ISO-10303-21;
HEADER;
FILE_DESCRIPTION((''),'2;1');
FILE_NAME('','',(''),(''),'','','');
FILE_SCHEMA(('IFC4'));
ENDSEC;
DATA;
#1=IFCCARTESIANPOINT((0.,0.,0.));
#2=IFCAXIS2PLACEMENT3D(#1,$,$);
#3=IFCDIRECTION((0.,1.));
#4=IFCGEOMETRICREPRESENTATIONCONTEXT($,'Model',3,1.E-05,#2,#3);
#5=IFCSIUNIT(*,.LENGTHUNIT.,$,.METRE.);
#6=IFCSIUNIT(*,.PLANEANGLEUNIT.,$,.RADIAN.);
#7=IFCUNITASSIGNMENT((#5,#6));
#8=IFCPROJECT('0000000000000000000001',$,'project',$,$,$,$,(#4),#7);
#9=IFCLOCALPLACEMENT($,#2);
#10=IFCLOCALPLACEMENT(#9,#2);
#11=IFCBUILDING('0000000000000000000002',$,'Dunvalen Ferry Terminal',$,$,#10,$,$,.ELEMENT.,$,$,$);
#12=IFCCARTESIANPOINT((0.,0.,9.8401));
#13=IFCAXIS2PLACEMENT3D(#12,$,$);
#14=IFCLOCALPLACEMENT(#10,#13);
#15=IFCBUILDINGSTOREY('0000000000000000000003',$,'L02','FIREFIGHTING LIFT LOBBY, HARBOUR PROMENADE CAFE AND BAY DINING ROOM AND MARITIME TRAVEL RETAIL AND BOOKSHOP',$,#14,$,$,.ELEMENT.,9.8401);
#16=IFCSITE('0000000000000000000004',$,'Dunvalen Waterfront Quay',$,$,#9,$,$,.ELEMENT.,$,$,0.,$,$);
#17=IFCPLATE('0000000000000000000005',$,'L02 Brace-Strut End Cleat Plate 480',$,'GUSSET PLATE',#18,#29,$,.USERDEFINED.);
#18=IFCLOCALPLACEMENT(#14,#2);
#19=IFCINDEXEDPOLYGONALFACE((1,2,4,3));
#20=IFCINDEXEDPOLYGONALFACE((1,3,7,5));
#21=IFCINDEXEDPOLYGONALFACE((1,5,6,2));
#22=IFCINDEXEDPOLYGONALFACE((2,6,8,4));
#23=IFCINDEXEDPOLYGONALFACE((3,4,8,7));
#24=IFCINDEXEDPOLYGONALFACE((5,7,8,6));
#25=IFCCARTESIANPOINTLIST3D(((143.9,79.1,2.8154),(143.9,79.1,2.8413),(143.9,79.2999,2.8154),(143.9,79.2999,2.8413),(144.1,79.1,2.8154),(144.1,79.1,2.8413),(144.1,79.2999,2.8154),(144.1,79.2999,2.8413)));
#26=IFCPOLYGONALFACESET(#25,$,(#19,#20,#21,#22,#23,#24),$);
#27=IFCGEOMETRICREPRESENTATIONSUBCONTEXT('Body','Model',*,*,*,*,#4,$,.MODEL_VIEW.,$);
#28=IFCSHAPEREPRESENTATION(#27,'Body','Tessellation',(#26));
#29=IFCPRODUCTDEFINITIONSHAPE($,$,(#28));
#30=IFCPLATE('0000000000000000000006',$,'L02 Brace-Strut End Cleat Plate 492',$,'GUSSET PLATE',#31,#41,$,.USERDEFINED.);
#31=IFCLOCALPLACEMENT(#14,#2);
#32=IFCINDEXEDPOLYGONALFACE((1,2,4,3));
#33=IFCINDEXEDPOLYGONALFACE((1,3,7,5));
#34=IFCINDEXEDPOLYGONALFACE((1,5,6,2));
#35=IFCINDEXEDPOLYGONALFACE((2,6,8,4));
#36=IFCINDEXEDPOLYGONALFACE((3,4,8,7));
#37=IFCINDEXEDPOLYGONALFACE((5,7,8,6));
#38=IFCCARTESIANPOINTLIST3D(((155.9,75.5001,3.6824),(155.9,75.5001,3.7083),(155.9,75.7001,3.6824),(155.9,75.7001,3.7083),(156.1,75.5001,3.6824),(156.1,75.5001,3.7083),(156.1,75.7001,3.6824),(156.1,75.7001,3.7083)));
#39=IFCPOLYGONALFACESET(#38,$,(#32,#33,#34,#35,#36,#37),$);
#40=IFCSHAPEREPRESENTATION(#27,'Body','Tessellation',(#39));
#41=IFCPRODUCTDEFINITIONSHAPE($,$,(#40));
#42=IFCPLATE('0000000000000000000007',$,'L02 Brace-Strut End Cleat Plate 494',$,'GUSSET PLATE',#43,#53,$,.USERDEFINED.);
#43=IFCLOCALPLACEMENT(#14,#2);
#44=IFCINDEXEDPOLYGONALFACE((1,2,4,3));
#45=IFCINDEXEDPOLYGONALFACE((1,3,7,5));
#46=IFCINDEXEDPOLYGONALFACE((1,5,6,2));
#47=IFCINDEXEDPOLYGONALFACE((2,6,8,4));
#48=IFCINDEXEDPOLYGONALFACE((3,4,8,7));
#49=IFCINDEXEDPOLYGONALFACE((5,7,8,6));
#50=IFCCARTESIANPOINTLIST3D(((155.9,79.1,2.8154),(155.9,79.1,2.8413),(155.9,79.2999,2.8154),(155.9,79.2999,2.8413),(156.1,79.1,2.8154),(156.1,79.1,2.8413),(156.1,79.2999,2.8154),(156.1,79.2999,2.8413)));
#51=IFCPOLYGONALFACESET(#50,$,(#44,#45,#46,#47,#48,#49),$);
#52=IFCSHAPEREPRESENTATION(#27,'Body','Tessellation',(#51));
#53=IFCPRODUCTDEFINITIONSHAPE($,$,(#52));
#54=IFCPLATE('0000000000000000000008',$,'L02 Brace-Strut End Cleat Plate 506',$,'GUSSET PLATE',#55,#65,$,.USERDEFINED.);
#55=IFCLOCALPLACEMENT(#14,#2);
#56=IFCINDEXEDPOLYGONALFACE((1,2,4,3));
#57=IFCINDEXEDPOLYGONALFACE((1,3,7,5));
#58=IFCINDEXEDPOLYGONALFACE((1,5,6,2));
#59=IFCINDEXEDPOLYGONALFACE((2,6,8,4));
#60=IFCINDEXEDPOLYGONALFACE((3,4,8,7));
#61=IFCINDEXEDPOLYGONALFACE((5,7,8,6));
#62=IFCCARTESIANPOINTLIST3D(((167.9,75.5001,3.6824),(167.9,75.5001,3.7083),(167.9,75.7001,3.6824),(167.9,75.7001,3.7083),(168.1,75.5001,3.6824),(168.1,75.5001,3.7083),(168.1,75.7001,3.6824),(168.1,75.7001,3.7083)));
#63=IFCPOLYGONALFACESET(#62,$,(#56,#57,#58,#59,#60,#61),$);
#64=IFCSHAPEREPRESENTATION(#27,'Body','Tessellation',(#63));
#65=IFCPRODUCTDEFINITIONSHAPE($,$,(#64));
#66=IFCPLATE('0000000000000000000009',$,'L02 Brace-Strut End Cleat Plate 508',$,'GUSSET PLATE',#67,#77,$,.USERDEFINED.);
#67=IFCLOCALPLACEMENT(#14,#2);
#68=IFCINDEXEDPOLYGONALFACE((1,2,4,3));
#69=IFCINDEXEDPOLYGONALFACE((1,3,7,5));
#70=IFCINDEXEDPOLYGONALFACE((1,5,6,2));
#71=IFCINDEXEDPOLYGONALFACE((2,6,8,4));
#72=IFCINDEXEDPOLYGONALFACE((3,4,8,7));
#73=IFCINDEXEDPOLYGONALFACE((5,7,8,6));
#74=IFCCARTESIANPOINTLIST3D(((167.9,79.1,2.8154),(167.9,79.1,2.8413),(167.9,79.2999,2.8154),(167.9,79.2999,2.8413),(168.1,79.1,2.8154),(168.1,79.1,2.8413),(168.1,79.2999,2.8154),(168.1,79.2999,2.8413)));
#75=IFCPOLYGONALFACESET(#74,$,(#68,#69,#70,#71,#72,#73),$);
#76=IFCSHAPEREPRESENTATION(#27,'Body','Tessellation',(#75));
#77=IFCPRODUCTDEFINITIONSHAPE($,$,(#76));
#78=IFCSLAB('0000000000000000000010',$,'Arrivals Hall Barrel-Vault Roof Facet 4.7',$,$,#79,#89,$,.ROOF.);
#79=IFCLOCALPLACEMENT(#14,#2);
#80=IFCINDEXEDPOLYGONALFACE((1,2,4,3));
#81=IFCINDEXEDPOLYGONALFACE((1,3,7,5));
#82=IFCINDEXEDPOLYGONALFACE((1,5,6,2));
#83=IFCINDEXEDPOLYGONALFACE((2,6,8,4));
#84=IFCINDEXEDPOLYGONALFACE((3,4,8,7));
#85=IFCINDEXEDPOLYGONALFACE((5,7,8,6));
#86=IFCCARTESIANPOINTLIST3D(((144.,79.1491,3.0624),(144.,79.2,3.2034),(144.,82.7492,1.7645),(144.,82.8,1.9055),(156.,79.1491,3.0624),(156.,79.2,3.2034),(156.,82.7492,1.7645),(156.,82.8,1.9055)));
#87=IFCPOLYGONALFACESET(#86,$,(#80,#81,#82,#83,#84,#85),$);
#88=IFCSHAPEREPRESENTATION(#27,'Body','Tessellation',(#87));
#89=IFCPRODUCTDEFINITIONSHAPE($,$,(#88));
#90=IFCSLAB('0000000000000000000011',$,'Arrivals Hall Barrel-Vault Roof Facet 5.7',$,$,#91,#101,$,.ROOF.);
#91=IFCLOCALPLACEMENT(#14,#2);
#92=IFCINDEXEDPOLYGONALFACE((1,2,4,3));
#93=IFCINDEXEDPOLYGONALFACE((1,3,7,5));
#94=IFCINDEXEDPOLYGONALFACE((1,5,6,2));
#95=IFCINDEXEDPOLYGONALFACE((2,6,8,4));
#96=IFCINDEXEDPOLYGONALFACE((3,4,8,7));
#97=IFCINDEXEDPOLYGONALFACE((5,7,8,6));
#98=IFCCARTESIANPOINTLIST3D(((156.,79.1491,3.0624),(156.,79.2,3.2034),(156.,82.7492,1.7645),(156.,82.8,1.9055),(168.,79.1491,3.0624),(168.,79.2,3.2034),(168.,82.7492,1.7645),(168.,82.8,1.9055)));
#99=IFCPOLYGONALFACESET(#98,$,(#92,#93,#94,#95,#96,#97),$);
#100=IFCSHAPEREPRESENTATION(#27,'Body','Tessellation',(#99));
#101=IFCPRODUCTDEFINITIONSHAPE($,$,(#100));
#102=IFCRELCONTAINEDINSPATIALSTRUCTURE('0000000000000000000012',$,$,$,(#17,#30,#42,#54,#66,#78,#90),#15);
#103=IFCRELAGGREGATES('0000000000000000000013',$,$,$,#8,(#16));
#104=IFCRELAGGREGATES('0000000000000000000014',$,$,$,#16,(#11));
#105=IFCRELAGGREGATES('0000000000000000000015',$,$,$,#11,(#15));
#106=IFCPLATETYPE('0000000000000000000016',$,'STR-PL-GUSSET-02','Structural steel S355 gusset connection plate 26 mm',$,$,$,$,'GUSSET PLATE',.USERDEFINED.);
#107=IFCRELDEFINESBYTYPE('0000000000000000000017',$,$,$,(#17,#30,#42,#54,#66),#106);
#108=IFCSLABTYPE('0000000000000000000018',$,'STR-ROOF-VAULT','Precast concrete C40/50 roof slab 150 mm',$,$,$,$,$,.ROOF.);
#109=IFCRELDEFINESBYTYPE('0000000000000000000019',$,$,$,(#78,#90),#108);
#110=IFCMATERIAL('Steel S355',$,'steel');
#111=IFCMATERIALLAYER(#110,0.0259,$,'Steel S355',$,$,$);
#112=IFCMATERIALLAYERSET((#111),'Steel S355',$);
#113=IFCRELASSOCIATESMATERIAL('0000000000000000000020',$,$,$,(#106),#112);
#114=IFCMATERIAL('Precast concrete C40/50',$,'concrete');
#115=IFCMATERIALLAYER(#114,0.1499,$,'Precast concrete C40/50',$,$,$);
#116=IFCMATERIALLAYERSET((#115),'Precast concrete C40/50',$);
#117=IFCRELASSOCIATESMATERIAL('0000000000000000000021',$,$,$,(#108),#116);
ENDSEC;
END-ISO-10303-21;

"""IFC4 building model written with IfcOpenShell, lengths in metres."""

from ifc_helpers import new_model, si_unit, direction, frame, origin, origin_2d, place, context, subcontext, project, spatial, polyline, rectangle, outline, extrude, material, layer, layer_set, type_object, element, save


model = new_model("IFC4")

# Units and contexts
model_context = context("Model", 3, precision=1e-05, world=origin(), true_north=direction((0.0, 1.0)))
body_context = subcontext(model_context, "Body", "Model", "MODEL_VIEW")
ifc_project = project(units=[si_unit("LENGTHUNIT", "METRE"), si_unit("PLANEANGLEUNIT", "RADIAN")], contexts=[model_context])

# Site, building, storey
site_placement = place(None, origin())
site = spatial("IfcSite", under=ifc_project, at=site_placement, Name="Dunvalen Waterfront Quay", CompositionType="ELEMENT", RefElevation=0.0)
building_placement = place(site_placement, origin())
building = spatial("IfcBuilding", under=site, at=building_placement, Name="Dunvalen Ferry Terminal", CompositionType="ELEMENT")
storey_placement = place(building_placement, frame((0.0, 0.0, 9.8401)))
storey = spatial("IfcBuildingStorey", under=building, at=storey_placement, Name="L02", Description="FIREFIGHTING LIFT LOBBY, HARBOUR PROMENADE CAFE AND BAY DINING ROOM AND MARITIME TRAVEL RETAIL AND BOOKSHOP", CompositionType="ELEMENT", Elevation=9.8401)

# Shared definitions
ifc_material_1 = material(Name="Steel S355", Category="steel")

# Plates
ifc_layer_1 = layer(ifc_material_1, 0.0259, Name="Steel S355")
ifc_layer_set_1 = layer_set([ifc_layer_1], Name="Steel S355")
plate_type_1 = type_object("IfcPlateType", Name="STR-PL-GUSSET-02", Description="Structural steel S355 gusset connection plate 26 mm", ElementType="GUSSET PLATE", PredefinedType="USERDEFINED", material=ifc_layer_set_1)
for number, where, z_axis, x_axis, name in (
    (1, (144.0, 79.2, 2.8154), (0.0, 0.0, 1.0), (1.0, 0.0, 0.0), "L02 Brace-Strut End Cleat Plate 480"),
    (2, (156.0, 75.6001, 3.6824), (0.0, 0.0, 1.0), (1.0, 0.0, 0.0), "L02 Brace-Strut End Cleat Plate 492"),
    (3, (156.0, 79.2, 2.8154), (0.0, 0.0, 1.0), (1.0, 0.0, 0.0), "L02 Brace-Strut End Cleat Plate 494"),
    (4, (168.0, 75.6001, 3.6824), (0.0, 0.0, 1.0), (1.0, 0.0, 0.0), "L02 Brace-Strut End Cleat Plate 506"),
    (5, (168.0, 79.2, 2.8154), (0.0, 0.0, 1.0), (1.0, 0.0, 0.0), "L02 Brace-Strut End Cleat Plate 508"),
):
    element("IfcPlate", number, at=place(storey_placement, frame(where, z_axis=z_axis, x_axis=x_axis)), inside=storey, type_object=plate_type_1, Name=name, ObjectType="GUSSET PLATE", PredefinedType="USERDEFINED", context=body_context, shape_type="SweptSolid", body=[
        extrude(rectangle(XDim=0.2, YDim=0.2, at=origin_2d()), origin(), (0.0, 0.0, 1.0), 0.0259),
    ])

# Slabs
ifc_material_2 = material(Name="Precast concrete C40/50", Category="concrete")
ifc_layer_2 = layer(ifc_material_2, 0.1499, Name="Precast concrete C40/50")
ifc_layer_set_2 = layer_set([ifc_layer_2], Name="Precast concrete C40/50")
slab_type = type_object("IfcSlabType", Name="STR-ROOF-VAULT", Description="Precast concrete C40/50 roof slab 150 mm", PredefinedType="ROOF", material=ifc_layer_set_2)
for number, where, z_axis, x_axis, name in (
    (6, (144.0, 79.2, 3.2034), (0.0, 0.33914, 0.940736), (1.0, 0.0, 0.0), "Arrivals Hall Barrel-Vault Roof Facet 4.7"),
    (7, (156.0, 79.2, 3.2034), (0.0, 0.33914, 0.940736), (1.0, 0.0, 0.0), "Arrivals Hall Barrel-Vault Roof Facet 5.7"),
):
    element("IfcSlab", number, at=place(storey_placement, frame(where, z_axis=z_axis, x_axis=x_axis)), inside=storey, type_object=slab_type, Name=name, PredefinedType="ROOF", context=body_context, shape_type="SweptSolid", body=[
        extrude(outline(polyline([(0.0, 0.0), (12.0, 0.0), (12.0, 3.8269), (0.0, 3.8269), (0.0, 0.0)])), origin(), (0.0, 0.0, -1.0), 0.1499),
    ])

save(model, "model.ifc")
